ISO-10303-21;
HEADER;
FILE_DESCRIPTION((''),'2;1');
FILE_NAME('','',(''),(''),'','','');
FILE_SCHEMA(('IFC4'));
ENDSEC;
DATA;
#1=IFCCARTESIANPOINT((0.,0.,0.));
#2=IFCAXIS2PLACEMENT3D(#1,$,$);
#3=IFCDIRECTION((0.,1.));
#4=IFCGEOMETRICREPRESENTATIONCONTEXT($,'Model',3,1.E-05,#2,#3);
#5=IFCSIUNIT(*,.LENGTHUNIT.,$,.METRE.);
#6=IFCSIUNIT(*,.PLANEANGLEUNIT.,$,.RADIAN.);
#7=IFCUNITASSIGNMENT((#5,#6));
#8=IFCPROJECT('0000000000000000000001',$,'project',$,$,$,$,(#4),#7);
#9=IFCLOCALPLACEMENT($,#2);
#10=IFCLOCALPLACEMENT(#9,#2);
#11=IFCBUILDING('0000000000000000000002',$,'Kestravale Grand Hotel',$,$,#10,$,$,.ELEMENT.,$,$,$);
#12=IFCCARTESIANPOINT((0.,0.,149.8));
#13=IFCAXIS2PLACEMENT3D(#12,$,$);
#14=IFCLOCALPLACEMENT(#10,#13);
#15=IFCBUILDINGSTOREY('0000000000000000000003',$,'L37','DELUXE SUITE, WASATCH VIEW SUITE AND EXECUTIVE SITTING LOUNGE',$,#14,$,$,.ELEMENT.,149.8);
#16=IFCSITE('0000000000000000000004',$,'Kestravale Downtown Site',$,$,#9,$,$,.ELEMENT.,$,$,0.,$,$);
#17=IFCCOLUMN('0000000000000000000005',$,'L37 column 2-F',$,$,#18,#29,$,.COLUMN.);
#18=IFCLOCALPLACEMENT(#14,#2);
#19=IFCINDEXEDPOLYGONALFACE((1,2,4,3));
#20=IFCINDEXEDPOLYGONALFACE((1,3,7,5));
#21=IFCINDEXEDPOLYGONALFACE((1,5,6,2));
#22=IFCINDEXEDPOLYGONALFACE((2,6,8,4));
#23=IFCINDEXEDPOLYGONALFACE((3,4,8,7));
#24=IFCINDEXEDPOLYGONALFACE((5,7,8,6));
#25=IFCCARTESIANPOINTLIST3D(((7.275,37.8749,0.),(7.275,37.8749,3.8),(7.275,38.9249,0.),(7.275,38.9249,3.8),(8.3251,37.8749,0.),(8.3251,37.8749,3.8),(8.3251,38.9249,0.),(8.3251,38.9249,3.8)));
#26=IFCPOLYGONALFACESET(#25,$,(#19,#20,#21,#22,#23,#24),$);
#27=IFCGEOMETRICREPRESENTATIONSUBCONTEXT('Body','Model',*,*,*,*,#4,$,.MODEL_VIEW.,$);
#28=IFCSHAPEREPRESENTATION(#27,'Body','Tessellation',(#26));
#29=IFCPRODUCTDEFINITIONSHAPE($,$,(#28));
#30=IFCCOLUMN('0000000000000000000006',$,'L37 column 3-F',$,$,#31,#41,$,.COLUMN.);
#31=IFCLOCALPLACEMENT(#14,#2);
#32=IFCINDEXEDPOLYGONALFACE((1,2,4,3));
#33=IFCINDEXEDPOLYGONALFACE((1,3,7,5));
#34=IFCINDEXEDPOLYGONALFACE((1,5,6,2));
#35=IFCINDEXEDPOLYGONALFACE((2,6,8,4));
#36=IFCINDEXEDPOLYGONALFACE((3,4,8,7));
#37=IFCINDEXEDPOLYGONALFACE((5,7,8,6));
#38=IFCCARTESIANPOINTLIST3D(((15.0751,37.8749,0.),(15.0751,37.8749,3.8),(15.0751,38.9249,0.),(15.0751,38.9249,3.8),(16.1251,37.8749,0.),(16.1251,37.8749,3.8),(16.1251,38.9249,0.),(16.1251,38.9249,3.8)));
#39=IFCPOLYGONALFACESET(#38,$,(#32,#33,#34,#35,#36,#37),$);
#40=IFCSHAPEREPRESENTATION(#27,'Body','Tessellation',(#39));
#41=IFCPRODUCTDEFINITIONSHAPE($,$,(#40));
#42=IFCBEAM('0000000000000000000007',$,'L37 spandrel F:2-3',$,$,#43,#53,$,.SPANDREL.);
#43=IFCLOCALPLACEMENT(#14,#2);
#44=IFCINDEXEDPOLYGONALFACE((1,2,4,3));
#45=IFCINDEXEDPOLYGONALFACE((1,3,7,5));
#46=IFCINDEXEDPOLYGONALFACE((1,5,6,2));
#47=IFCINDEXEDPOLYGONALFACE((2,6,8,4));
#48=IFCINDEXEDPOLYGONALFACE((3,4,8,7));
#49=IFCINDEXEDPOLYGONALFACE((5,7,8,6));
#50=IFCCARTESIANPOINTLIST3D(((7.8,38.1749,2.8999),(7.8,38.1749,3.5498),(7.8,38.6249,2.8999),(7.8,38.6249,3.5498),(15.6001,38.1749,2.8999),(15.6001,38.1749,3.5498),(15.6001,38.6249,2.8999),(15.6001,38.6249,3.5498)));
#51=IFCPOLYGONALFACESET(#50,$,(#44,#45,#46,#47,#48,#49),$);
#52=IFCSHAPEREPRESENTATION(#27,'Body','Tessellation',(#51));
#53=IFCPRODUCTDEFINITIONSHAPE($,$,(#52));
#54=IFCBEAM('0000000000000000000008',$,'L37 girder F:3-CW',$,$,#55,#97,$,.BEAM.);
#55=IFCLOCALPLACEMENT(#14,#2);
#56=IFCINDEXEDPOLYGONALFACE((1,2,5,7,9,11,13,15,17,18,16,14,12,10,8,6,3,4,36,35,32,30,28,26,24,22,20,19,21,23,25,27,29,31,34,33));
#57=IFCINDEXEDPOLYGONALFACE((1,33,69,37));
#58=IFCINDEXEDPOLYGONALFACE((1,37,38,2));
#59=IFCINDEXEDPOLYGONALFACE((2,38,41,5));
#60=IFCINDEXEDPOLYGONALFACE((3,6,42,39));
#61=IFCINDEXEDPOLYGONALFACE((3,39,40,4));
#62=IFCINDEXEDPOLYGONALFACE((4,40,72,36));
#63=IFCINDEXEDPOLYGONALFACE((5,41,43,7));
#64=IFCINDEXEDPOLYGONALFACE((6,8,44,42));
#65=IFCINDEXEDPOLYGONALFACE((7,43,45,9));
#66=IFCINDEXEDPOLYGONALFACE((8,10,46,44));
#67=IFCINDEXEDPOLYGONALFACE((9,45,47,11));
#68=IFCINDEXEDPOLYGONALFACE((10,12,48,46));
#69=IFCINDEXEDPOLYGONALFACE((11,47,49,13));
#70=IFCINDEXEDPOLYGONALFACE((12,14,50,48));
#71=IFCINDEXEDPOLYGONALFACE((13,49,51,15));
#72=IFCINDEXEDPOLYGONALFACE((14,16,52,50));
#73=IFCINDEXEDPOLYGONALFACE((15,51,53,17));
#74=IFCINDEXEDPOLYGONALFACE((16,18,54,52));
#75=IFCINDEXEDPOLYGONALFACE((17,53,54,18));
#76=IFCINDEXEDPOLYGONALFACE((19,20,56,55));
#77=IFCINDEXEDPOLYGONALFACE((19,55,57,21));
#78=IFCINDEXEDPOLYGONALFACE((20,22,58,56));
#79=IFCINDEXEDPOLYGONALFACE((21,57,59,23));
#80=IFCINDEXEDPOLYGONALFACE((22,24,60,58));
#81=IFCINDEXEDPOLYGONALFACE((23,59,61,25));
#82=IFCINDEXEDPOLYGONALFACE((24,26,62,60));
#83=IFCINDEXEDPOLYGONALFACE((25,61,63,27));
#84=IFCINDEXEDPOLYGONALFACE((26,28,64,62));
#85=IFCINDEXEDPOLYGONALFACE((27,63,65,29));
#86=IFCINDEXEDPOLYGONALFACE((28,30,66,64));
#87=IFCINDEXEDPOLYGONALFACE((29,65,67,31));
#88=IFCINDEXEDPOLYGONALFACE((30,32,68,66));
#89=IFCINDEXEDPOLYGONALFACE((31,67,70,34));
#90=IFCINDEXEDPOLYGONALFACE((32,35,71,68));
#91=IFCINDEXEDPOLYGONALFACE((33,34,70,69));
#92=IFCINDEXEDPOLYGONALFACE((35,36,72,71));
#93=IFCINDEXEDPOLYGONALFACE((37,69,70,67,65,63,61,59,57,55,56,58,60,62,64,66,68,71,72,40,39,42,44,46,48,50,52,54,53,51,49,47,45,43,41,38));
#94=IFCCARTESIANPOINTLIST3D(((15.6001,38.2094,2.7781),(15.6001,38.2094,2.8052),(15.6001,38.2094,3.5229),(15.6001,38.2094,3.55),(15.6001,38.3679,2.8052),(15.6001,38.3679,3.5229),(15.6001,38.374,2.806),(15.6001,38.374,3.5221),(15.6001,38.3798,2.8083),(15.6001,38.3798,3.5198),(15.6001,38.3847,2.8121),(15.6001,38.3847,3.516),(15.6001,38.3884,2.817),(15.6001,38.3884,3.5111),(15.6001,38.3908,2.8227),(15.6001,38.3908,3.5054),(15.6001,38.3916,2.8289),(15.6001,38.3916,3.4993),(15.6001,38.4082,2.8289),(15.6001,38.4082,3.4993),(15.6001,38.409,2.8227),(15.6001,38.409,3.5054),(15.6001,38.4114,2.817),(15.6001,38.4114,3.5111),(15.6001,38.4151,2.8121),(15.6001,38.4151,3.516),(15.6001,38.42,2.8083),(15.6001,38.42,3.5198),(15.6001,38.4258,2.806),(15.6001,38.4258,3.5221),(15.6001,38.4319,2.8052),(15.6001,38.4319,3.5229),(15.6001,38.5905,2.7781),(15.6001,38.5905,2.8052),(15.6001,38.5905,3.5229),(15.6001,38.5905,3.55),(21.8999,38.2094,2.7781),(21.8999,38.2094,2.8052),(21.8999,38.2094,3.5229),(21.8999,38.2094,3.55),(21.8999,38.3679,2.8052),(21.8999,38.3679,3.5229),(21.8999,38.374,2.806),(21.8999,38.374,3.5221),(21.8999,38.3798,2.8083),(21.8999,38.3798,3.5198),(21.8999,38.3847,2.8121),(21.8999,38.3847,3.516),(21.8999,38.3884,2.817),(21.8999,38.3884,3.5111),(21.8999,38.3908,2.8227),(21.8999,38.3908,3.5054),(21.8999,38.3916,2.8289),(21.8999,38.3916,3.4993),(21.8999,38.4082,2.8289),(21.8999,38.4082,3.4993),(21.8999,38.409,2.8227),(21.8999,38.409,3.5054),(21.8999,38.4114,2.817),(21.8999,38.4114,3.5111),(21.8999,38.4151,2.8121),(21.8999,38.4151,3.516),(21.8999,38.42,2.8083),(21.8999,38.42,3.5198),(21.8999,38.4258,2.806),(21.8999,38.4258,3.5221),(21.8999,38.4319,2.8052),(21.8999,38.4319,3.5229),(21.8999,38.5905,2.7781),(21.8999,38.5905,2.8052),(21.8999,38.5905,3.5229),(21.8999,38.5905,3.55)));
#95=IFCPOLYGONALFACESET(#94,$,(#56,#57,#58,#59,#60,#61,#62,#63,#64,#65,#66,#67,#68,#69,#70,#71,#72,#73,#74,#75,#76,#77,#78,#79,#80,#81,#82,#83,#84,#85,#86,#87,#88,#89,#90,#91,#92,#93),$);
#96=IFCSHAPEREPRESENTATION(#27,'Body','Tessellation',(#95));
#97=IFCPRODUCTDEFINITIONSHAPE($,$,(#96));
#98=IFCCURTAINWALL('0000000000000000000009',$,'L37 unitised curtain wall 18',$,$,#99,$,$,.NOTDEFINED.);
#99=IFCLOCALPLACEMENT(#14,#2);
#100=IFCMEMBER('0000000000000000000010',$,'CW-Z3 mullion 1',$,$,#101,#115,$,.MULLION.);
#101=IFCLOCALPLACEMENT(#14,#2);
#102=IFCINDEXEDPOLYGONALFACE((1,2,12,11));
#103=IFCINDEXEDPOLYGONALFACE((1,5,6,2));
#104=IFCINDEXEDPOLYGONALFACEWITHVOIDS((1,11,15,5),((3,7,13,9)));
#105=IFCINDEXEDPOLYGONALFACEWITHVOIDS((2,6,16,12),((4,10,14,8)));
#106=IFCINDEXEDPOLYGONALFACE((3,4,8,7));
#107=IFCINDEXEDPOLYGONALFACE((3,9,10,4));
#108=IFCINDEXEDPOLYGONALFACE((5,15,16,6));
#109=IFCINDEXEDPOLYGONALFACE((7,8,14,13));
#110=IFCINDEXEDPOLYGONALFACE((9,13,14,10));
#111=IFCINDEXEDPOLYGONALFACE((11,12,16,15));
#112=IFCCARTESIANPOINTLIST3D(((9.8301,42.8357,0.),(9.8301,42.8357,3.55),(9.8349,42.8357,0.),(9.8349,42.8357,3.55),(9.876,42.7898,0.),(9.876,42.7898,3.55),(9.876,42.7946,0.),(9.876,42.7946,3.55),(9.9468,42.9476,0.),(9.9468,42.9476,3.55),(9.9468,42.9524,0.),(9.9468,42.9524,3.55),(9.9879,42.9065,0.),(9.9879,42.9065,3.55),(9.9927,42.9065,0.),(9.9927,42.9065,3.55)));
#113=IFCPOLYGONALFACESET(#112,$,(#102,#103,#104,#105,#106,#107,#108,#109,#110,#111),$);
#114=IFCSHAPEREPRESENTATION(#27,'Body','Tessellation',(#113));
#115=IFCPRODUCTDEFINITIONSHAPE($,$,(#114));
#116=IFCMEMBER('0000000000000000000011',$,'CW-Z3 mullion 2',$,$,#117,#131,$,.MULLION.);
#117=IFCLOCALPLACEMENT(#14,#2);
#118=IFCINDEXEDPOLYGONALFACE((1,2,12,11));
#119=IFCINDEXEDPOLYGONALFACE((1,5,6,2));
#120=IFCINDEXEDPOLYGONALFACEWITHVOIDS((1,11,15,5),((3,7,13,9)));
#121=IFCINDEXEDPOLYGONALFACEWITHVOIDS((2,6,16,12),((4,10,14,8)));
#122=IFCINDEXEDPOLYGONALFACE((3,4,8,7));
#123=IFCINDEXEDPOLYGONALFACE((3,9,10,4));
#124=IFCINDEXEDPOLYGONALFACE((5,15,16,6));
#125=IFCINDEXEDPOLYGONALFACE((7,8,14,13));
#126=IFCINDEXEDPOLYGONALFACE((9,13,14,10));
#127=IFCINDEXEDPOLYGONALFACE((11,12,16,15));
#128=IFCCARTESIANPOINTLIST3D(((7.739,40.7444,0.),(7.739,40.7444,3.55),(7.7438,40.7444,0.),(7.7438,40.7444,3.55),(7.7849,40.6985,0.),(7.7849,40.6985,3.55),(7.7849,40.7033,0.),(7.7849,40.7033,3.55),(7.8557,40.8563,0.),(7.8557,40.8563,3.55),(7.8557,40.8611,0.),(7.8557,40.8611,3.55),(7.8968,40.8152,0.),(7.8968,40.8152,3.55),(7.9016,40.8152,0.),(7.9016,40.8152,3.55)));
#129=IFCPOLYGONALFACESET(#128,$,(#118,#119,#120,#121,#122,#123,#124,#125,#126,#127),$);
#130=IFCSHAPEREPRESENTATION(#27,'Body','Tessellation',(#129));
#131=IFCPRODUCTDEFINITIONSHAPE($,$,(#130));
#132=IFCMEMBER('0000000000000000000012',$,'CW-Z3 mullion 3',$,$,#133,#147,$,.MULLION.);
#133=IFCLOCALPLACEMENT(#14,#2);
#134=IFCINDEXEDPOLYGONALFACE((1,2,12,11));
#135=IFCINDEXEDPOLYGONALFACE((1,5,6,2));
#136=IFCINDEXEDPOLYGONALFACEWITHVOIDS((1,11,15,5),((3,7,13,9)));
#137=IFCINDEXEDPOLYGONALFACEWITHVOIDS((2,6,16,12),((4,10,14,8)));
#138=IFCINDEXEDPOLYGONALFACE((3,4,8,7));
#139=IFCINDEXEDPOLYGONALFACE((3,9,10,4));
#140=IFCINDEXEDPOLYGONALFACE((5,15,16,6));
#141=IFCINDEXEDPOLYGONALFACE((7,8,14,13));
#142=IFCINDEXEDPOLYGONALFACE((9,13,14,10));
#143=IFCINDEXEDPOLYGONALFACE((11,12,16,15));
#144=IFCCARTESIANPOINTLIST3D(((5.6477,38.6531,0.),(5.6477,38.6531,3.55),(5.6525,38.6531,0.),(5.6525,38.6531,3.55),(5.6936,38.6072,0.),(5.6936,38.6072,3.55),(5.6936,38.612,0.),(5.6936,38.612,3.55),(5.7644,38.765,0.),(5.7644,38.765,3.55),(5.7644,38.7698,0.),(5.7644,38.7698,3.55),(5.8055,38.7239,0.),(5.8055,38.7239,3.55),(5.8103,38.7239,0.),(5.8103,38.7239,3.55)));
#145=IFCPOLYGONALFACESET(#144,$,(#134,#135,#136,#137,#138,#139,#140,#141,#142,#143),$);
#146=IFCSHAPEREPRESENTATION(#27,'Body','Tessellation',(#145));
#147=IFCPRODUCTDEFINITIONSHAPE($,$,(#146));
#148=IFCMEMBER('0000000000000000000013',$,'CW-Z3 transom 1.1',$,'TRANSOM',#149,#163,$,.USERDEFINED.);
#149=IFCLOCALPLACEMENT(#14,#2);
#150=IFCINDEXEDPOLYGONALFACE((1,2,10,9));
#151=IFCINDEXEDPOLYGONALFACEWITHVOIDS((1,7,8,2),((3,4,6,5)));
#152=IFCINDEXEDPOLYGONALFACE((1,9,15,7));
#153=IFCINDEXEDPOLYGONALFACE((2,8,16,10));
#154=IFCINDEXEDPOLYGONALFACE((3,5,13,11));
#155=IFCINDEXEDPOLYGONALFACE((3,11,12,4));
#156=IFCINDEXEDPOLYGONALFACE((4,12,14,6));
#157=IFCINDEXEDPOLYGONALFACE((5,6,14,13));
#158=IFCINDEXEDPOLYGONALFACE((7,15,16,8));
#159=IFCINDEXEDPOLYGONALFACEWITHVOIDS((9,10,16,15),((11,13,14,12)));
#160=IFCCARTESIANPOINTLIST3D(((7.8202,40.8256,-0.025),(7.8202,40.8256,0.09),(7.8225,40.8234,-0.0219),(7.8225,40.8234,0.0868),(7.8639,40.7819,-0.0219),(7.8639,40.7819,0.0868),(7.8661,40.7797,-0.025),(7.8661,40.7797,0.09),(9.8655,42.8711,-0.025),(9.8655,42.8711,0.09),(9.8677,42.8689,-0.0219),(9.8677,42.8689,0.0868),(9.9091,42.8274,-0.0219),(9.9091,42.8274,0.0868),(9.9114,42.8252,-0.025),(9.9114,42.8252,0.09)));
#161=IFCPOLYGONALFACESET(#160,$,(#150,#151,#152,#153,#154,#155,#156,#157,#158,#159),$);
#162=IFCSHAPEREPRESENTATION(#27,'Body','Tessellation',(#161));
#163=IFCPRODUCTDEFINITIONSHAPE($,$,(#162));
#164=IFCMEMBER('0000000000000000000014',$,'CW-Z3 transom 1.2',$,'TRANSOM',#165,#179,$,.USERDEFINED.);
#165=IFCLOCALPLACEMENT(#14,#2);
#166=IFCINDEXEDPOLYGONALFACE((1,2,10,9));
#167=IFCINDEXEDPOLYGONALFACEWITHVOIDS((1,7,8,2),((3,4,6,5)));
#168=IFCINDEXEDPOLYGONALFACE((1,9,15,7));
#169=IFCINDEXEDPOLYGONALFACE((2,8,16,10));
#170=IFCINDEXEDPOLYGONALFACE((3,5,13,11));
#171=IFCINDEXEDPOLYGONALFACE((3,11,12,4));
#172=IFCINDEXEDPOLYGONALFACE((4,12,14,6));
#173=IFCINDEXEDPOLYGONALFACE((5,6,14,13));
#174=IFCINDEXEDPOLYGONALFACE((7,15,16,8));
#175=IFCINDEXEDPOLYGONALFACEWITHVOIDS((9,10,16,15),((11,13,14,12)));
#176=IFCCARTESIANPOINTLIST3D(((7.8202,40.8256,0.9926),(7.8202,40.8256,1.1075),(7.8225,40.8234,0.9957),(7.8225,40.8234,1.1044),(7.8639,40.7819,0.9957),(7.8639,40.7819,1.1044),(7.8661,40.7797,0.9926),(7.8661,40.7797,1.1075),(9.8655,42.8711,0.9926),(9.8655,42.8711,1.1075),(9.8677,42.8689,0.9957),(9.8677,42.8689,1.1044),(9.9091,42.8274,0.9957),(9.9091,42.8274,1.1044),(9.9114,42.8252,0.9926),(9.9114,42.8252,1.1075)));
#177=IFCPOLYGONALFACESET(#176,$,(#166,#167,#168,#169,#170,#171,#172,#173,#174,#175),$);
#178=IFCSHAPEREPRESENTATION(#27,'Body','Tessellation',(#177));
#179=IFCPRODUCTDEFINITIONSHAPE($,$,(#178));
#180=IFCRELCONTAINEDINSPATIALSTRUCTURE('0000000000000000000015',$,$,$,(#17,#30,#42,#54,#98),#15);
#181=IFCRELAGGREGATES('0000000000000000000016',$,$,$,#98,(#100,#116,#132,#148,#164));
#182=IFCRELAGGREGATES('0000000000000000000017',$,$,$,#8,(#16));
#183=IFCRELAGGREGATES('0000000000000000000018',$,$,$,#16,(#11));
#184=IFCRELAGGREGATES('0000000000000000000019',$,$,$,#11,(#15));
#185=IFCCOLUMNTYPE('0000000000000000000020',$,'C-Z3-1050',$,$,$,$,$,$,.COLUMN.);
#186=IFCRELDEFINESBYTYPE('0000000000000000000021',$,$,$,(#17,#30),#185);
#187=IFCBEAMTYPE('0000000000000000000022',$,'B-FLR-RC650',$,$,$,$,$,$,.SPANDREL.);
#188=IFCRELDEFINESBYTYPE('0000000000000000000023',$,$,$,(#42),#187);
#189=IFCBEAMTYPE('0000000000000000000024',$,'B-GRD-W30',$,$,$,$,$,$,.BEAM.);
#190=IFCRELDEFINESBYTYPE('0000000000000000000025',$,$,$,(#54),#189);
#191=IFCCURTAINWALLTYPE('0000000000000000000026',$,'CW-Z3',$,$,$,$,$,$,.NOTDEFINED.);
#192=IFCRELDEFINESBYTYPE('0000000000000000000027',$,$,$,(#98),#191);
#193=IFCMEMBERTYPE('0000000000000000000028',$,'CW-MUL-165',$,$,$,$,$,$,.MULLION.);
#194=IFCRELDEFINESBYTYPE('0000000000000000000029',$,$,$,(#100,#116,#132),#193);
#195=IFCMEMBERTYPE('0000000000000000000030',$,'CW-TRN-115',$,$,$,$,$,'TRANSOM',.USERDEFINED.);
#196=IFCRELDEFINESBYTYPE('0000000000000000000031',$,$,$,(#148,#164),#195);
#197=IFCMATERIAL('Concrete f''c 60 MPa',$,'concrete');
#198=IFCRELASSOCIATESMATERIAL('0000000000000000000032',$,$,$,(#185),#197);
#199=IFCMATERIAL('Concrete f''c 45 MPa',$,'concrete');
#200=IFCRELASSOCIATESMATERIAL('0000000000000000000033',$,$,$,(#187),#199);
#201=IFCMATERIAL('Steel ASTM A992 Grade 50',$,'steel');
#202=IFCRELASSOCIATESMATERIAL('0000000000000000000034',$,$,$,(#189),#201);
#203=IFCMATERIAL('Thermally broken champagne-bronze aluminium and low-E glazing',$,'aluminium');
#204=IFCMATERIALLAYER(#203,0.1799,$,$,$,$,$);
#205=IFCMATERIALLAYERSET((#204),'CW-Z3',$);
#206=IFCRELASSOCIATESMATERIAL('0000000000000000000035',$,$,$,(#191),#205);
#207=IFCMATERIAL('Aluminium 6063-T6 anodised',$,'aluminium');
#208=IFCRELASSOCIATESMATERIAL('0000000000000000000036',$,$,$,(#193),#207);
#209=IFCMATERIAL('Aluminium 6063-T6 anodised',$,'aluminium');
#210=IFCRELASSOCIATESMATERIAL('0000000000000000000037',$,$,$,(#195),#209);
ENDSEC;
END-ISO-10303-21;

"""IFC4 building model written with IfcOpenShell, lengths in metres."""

from ifc_helpers import new_model, si_unit, direction, frame, origin, origin_2d, place, context, subcontext, project, spatial, rectangle, hollow_rectangle, i_section, extrude, material, layer, layer_set, material_profile, profile_set, type_object, element, aggregate, save


model = new_model("IFC4")

# Units and contexts
model_context = context("Model", 3, precision=1e-05, world=origin(), true_north=direction((0.0, 1.0)))
body_context = subcontext(model_context, "Body", "Model", "MODEL_VIEW")
ifc_project = project(units=[si_unit("LENGTHUNIT", "METRE"), si_unit("PLANEANGLEUNIT", "RADIAN")], contexts=[model_context])

# Site, building, storey
site_placement = place(None, origin())
site = spatial("IfcSite", under=ifc_project, at=site_placement, Name="Kestravale Downtown Site", CompositionType="ELEMENT", RefElevation=0.0)
building_placement = place(site_placement, origin())
building = spatial("IfcBuilding", under=site, at=building_placement, Name="Kestravale Grand Hotel", CompositionType="ELEMENT")
storey_placement = place(building_placement, frame((0.0, 0.0, 149.8)))
storey = spatial("IfcBuildingStorey", under=building, at=storey_placement, Name="L37", Description="DELUXE SUITE, WASATCH VIEW SUITE AND EXECUTIVE SITTING LOUNGE", CompositionType="ELEMENT", Elevation=149.8)

# Columns
ifc_material_1 = material(Name="Concrete f'c 60 MPa", Category="concrete")
ifc_material_profile_1 = material_profile(ifc_material_1, rectangle(XDim=1.05, YDim=1.05, at=origin_2d()))
ifc_profile_set_1 = profile_set([ifc_material_profile_1], Name="Concrete f'c 60 MPa")
column_type = type_object("IfcColumnType", Name="C-Z3-1050", PredefinedType="COLUMN", material=ifc_profile_set_1)
for number, where, z_axis, x_axis, name in (
    (1, (7.8, 38.3999, 0.0), (0.0, 0.0, 1.0), (1.0, 0.0, 0.0), "L37 column 2-F"),
    (2, (15.6001, 38.3999, 0.0), (0.0, 0.0, 1.0), (1.0, 0.0, 0.0), "L37 column 3-F"),
):
    element("IfcColumn", number, at=place(storey_placement, frame(where, z_axis=z_axis, x_axis=x_axis)), inside=storey, type_object=column_type, Name=name, PredefinedType="COLUMN", context=body_context, shape_type="SweptSolid", body=[
        extrude(rectangle(XDim=1.05, YDim=1.05, at=origin_2d()), origin(), (0.0, 0.0, 1.0), 3.8),
    ])

# Beams
ifc_material_2 = material(Name="Concrete f'c 45 MPa", Category="concrete")
ifc_material_profile_2 = material_profile(ifc_material_2, rectangle(XDim=0.45, YDim=0.6499, at=origin_2d()))
ifc_profile_set_2 = profile_set([ifc_material_profile_2], Name="Concrete f'c 45 MPa")
beam_type_1 = type_object("IfcBeamType", Name="B-FLR-RC650", PredefinedType="SPANDREL", material=ifc_profile_set_2)
beam_1_placement = place(storey_placement, frame((7.8, 38.3999, 3.2249), z_axis=(1.0, 0.0, 0.0), x_axis=(0.0, 1.0, 0.0)))
element("IfcBeam", 3, at=beam_1_placement, inside=storey, type_object=beam_type_1, Name="L37 spandrel F:2-3", PredefinedType="SPANDREL", context=body_context, shape_type="SweptSolid", body=[
    extrude(rectangle(XDim=0.45, YDim=0.6499, at=origin_2d()), origin(), (0.0, 0.0, 1.0), 7.8),
])
ifc_material_3 = material(Name="Steel ASTM A992 Grade 50", Category="steel")
ifc_material_profile_3 = material_profile(ifc_material_3, i_section(OverallWidth=0.3811, OverallDepth=0.772, WebThickness=0.0166, FlangeThickness=0.0271, FilletRadius=0.0237, at=origin_2d()))
ifc_profile_set_3 = profile_set([ifc_material_profile_3], Name="Steel ASTM A992 Grade 50")
beam_type_2 = type_object("IfcBeamType", Name="B-GRD-W30", PredefinedType="BEAM", material=ifc_profile_set_3)
beam_2_placement = place(storey_placement, frame((15.6001, 38.3999, 3.1641), z_axis=(1.0, 0.0, 0.0), x_axis=(0.0, 1.0, 0.0)))
element("IfcBeam", 4, at=beam_2_placement, inside=storey, type_object=beam_type_2, Name="L37 girder F:3-CW", PredefinedType="BEAM", context=body_context, shape_type="SweptSolid", body=[
    extrude(i_section(OverallWidth=0.3811, OverallDepth=0.772, WebThickness=0.0166, FlangeThickness=0.0271, FilletRadius=0.0237, at=origin_2d()), origin(), (0.0, 0.0, 1.0), 6.2998),
])

# Curtain wall, members
ifc_material_4 = material(Name="Thermally broken champagne-bronze aluminium and low-E glazing", Category="aluminium")
ifc_layer_1 = layer(ifc_material_4, 0.1799)
ifc_layer_set_1 = layer_set([ifc_layer_1], Name="CW-Z3")
curtain_wall_type = type_object("IfcCurtainWallType", Name="CW-Z3", PredefinedType="NOTDEFINED", material=ifc_layer_set_1)
curtain_wall_placement = place(storey_placement, origin())
curtain_wall = element("IfcCurtainWall", 5, at=curtain_wall_placement, inside=storey, type_object=curtain_wall_type, Name="L37 unitised curtain wall 18", PredefinedType="NOTDEFINED")
ifc_material_5 = material(Name="Aluminium 6063-T6 anodised", Category="aluminium")
ifc_material_profile_4 = material_profile(ifc_material_5, hollow_rectangle(XDim=0.0649, YDim=0.165, WallThickness=0.0034, at=origin_2d()))
ifc_profile_set_4 = profile_set([ifc_material_profile_4], Name="Aluminium 6063-T6 anodised")
member_type_1 = type_object("IfcMemberType", Name="CW-MUL-165", PredefinedType="MULLION", material=ifc_profile_set_4)
member_1_placement = place(storey_placement, frame((9.9114, 42.8711, 0.0), z_axis=(0.0, 0.0, 1.0), x_axis=(0.707107, -0.707107, 0.0)))
member_1 = element("IfcMember", 6, at=member_1_placement, type_object=member_type_1, Name="CW-Z3 mullion 1", PredefinedType="MULLION", context=body_context, shape_type="SweptSolid", body=[
    extrude(hollow_rectangle(XDim=0.0649, YDim=0.165, WallThickness=0.0034, at=origin_2d()), origin(), (0.0, 0.0, 1.0), 3.55),
])
member_2_placement = place(storey_placement, frame((7.8203, 40.7798, 0.0), z_axis=(0.0, 0.0, 1.0), x_axis=(0.707107, -0.707107, 0.0)))
member_2 = element("IfcMember", 7, at=member_2_placement, type_object=member_type_1, Name="CW-Z3 mullion 2", PredefinedType="MULLION", context=body_context, shape_type="SweptSolid", body=[
    extrude(hollow_rectangle(XDim=0.0649, YDim=0.165, WallThickness=0.0034, at=origin_2d()), origin(), (0.0, 0.0, 1.0), 3.55),
])
member_3_placement = place(storey_placement, frame((5.729, 38.6885, 0.0), z_axis=(0.0, 0.0, 1.0), x_axis=(0.707107, -0.707107, 0.0)))
member_3 = element("IfcMember", 8, at=member_3_placement, type_object=member_type_1, Name="CW-Z3 mullion 3", PredefinedType="MULLION", context=body_context, shape_type="SweptSolid", body=[
    extrude(hollow_rectangle(XDim=0.0649, YDim=0.165, WallThickness=0.0034, at=origin_2d()), origin(), (0.0, 0.0, 1.0), 3.55),
])
ifc_material_6 = material(Name="Aluminium 6063-T6 anodised", Category="aluminium")
ifc_material_profile_5 = material_profile(ifc_material_6, hollow_rectangle(XDim=0.0649, YDim=0.115, WallThickness=0.0032, at=origin_2d()))
ifc_profile_set_5 = profile_set([ifc_material_profile_5], Name="Aluminium 6063-T6 anodised")
member_type_2 = type_object("IfcMemberType", Name="CW-TRN-115", ElementType="TRANSOM", PredefinedType="USERDEFINED", material=ifc_profile_set_5)
member_4_placement = place(storey_placement, frame((9.8884, 42.8481, 0.0325), z_axis=(-0.707065, -0.707149, 0.0), x_axis=(0.707149, -0.707065, 0.0)))
member_4 = element("IfcMember", 9, at=member_4_placement, type_object=member_type_2, Name="CW-Z3 transom 1.1", ObjectType="TRANSOM", PredefinedType="USERDEFINED", context=body_context, shape_type="SweptSolid", body=[
    extrude(hollow_rectangle(XDim=0.0649, YDim=0.115, WallThickness=0.0032, at=origin_2d()), origin(), (0.0, 0.0, 1.0), 2.8926),
])
member_5_placement = place(storey_placement, frame((9.8884, 42.8481, 1.05), z_axis=(-0.707065, -0.707149, 0.0), x_axis=(0.707149, -0.707065, 0.0)))
member_5 = element("IfcMember", 10, at=member_5_placement, type_object=member_type_2, Name="CW-Z3 transom 1.2", ObjectType="TRANSOM", PredefinedType="USERDEFINED", context=body_context, shape_type="SweptSolid", body=[
    extrude(hollow_rectangle(XDim=0.0649, YDim=0.115, WallThickness=0.0032, at=origin_2d()), origin(), (0.0, 0.0, 1.0), 2.8926),
])
aggregate(curtain_wall, [member_1, member_2, member_3, member_4, member_5])

save(model, "model.ifc")
